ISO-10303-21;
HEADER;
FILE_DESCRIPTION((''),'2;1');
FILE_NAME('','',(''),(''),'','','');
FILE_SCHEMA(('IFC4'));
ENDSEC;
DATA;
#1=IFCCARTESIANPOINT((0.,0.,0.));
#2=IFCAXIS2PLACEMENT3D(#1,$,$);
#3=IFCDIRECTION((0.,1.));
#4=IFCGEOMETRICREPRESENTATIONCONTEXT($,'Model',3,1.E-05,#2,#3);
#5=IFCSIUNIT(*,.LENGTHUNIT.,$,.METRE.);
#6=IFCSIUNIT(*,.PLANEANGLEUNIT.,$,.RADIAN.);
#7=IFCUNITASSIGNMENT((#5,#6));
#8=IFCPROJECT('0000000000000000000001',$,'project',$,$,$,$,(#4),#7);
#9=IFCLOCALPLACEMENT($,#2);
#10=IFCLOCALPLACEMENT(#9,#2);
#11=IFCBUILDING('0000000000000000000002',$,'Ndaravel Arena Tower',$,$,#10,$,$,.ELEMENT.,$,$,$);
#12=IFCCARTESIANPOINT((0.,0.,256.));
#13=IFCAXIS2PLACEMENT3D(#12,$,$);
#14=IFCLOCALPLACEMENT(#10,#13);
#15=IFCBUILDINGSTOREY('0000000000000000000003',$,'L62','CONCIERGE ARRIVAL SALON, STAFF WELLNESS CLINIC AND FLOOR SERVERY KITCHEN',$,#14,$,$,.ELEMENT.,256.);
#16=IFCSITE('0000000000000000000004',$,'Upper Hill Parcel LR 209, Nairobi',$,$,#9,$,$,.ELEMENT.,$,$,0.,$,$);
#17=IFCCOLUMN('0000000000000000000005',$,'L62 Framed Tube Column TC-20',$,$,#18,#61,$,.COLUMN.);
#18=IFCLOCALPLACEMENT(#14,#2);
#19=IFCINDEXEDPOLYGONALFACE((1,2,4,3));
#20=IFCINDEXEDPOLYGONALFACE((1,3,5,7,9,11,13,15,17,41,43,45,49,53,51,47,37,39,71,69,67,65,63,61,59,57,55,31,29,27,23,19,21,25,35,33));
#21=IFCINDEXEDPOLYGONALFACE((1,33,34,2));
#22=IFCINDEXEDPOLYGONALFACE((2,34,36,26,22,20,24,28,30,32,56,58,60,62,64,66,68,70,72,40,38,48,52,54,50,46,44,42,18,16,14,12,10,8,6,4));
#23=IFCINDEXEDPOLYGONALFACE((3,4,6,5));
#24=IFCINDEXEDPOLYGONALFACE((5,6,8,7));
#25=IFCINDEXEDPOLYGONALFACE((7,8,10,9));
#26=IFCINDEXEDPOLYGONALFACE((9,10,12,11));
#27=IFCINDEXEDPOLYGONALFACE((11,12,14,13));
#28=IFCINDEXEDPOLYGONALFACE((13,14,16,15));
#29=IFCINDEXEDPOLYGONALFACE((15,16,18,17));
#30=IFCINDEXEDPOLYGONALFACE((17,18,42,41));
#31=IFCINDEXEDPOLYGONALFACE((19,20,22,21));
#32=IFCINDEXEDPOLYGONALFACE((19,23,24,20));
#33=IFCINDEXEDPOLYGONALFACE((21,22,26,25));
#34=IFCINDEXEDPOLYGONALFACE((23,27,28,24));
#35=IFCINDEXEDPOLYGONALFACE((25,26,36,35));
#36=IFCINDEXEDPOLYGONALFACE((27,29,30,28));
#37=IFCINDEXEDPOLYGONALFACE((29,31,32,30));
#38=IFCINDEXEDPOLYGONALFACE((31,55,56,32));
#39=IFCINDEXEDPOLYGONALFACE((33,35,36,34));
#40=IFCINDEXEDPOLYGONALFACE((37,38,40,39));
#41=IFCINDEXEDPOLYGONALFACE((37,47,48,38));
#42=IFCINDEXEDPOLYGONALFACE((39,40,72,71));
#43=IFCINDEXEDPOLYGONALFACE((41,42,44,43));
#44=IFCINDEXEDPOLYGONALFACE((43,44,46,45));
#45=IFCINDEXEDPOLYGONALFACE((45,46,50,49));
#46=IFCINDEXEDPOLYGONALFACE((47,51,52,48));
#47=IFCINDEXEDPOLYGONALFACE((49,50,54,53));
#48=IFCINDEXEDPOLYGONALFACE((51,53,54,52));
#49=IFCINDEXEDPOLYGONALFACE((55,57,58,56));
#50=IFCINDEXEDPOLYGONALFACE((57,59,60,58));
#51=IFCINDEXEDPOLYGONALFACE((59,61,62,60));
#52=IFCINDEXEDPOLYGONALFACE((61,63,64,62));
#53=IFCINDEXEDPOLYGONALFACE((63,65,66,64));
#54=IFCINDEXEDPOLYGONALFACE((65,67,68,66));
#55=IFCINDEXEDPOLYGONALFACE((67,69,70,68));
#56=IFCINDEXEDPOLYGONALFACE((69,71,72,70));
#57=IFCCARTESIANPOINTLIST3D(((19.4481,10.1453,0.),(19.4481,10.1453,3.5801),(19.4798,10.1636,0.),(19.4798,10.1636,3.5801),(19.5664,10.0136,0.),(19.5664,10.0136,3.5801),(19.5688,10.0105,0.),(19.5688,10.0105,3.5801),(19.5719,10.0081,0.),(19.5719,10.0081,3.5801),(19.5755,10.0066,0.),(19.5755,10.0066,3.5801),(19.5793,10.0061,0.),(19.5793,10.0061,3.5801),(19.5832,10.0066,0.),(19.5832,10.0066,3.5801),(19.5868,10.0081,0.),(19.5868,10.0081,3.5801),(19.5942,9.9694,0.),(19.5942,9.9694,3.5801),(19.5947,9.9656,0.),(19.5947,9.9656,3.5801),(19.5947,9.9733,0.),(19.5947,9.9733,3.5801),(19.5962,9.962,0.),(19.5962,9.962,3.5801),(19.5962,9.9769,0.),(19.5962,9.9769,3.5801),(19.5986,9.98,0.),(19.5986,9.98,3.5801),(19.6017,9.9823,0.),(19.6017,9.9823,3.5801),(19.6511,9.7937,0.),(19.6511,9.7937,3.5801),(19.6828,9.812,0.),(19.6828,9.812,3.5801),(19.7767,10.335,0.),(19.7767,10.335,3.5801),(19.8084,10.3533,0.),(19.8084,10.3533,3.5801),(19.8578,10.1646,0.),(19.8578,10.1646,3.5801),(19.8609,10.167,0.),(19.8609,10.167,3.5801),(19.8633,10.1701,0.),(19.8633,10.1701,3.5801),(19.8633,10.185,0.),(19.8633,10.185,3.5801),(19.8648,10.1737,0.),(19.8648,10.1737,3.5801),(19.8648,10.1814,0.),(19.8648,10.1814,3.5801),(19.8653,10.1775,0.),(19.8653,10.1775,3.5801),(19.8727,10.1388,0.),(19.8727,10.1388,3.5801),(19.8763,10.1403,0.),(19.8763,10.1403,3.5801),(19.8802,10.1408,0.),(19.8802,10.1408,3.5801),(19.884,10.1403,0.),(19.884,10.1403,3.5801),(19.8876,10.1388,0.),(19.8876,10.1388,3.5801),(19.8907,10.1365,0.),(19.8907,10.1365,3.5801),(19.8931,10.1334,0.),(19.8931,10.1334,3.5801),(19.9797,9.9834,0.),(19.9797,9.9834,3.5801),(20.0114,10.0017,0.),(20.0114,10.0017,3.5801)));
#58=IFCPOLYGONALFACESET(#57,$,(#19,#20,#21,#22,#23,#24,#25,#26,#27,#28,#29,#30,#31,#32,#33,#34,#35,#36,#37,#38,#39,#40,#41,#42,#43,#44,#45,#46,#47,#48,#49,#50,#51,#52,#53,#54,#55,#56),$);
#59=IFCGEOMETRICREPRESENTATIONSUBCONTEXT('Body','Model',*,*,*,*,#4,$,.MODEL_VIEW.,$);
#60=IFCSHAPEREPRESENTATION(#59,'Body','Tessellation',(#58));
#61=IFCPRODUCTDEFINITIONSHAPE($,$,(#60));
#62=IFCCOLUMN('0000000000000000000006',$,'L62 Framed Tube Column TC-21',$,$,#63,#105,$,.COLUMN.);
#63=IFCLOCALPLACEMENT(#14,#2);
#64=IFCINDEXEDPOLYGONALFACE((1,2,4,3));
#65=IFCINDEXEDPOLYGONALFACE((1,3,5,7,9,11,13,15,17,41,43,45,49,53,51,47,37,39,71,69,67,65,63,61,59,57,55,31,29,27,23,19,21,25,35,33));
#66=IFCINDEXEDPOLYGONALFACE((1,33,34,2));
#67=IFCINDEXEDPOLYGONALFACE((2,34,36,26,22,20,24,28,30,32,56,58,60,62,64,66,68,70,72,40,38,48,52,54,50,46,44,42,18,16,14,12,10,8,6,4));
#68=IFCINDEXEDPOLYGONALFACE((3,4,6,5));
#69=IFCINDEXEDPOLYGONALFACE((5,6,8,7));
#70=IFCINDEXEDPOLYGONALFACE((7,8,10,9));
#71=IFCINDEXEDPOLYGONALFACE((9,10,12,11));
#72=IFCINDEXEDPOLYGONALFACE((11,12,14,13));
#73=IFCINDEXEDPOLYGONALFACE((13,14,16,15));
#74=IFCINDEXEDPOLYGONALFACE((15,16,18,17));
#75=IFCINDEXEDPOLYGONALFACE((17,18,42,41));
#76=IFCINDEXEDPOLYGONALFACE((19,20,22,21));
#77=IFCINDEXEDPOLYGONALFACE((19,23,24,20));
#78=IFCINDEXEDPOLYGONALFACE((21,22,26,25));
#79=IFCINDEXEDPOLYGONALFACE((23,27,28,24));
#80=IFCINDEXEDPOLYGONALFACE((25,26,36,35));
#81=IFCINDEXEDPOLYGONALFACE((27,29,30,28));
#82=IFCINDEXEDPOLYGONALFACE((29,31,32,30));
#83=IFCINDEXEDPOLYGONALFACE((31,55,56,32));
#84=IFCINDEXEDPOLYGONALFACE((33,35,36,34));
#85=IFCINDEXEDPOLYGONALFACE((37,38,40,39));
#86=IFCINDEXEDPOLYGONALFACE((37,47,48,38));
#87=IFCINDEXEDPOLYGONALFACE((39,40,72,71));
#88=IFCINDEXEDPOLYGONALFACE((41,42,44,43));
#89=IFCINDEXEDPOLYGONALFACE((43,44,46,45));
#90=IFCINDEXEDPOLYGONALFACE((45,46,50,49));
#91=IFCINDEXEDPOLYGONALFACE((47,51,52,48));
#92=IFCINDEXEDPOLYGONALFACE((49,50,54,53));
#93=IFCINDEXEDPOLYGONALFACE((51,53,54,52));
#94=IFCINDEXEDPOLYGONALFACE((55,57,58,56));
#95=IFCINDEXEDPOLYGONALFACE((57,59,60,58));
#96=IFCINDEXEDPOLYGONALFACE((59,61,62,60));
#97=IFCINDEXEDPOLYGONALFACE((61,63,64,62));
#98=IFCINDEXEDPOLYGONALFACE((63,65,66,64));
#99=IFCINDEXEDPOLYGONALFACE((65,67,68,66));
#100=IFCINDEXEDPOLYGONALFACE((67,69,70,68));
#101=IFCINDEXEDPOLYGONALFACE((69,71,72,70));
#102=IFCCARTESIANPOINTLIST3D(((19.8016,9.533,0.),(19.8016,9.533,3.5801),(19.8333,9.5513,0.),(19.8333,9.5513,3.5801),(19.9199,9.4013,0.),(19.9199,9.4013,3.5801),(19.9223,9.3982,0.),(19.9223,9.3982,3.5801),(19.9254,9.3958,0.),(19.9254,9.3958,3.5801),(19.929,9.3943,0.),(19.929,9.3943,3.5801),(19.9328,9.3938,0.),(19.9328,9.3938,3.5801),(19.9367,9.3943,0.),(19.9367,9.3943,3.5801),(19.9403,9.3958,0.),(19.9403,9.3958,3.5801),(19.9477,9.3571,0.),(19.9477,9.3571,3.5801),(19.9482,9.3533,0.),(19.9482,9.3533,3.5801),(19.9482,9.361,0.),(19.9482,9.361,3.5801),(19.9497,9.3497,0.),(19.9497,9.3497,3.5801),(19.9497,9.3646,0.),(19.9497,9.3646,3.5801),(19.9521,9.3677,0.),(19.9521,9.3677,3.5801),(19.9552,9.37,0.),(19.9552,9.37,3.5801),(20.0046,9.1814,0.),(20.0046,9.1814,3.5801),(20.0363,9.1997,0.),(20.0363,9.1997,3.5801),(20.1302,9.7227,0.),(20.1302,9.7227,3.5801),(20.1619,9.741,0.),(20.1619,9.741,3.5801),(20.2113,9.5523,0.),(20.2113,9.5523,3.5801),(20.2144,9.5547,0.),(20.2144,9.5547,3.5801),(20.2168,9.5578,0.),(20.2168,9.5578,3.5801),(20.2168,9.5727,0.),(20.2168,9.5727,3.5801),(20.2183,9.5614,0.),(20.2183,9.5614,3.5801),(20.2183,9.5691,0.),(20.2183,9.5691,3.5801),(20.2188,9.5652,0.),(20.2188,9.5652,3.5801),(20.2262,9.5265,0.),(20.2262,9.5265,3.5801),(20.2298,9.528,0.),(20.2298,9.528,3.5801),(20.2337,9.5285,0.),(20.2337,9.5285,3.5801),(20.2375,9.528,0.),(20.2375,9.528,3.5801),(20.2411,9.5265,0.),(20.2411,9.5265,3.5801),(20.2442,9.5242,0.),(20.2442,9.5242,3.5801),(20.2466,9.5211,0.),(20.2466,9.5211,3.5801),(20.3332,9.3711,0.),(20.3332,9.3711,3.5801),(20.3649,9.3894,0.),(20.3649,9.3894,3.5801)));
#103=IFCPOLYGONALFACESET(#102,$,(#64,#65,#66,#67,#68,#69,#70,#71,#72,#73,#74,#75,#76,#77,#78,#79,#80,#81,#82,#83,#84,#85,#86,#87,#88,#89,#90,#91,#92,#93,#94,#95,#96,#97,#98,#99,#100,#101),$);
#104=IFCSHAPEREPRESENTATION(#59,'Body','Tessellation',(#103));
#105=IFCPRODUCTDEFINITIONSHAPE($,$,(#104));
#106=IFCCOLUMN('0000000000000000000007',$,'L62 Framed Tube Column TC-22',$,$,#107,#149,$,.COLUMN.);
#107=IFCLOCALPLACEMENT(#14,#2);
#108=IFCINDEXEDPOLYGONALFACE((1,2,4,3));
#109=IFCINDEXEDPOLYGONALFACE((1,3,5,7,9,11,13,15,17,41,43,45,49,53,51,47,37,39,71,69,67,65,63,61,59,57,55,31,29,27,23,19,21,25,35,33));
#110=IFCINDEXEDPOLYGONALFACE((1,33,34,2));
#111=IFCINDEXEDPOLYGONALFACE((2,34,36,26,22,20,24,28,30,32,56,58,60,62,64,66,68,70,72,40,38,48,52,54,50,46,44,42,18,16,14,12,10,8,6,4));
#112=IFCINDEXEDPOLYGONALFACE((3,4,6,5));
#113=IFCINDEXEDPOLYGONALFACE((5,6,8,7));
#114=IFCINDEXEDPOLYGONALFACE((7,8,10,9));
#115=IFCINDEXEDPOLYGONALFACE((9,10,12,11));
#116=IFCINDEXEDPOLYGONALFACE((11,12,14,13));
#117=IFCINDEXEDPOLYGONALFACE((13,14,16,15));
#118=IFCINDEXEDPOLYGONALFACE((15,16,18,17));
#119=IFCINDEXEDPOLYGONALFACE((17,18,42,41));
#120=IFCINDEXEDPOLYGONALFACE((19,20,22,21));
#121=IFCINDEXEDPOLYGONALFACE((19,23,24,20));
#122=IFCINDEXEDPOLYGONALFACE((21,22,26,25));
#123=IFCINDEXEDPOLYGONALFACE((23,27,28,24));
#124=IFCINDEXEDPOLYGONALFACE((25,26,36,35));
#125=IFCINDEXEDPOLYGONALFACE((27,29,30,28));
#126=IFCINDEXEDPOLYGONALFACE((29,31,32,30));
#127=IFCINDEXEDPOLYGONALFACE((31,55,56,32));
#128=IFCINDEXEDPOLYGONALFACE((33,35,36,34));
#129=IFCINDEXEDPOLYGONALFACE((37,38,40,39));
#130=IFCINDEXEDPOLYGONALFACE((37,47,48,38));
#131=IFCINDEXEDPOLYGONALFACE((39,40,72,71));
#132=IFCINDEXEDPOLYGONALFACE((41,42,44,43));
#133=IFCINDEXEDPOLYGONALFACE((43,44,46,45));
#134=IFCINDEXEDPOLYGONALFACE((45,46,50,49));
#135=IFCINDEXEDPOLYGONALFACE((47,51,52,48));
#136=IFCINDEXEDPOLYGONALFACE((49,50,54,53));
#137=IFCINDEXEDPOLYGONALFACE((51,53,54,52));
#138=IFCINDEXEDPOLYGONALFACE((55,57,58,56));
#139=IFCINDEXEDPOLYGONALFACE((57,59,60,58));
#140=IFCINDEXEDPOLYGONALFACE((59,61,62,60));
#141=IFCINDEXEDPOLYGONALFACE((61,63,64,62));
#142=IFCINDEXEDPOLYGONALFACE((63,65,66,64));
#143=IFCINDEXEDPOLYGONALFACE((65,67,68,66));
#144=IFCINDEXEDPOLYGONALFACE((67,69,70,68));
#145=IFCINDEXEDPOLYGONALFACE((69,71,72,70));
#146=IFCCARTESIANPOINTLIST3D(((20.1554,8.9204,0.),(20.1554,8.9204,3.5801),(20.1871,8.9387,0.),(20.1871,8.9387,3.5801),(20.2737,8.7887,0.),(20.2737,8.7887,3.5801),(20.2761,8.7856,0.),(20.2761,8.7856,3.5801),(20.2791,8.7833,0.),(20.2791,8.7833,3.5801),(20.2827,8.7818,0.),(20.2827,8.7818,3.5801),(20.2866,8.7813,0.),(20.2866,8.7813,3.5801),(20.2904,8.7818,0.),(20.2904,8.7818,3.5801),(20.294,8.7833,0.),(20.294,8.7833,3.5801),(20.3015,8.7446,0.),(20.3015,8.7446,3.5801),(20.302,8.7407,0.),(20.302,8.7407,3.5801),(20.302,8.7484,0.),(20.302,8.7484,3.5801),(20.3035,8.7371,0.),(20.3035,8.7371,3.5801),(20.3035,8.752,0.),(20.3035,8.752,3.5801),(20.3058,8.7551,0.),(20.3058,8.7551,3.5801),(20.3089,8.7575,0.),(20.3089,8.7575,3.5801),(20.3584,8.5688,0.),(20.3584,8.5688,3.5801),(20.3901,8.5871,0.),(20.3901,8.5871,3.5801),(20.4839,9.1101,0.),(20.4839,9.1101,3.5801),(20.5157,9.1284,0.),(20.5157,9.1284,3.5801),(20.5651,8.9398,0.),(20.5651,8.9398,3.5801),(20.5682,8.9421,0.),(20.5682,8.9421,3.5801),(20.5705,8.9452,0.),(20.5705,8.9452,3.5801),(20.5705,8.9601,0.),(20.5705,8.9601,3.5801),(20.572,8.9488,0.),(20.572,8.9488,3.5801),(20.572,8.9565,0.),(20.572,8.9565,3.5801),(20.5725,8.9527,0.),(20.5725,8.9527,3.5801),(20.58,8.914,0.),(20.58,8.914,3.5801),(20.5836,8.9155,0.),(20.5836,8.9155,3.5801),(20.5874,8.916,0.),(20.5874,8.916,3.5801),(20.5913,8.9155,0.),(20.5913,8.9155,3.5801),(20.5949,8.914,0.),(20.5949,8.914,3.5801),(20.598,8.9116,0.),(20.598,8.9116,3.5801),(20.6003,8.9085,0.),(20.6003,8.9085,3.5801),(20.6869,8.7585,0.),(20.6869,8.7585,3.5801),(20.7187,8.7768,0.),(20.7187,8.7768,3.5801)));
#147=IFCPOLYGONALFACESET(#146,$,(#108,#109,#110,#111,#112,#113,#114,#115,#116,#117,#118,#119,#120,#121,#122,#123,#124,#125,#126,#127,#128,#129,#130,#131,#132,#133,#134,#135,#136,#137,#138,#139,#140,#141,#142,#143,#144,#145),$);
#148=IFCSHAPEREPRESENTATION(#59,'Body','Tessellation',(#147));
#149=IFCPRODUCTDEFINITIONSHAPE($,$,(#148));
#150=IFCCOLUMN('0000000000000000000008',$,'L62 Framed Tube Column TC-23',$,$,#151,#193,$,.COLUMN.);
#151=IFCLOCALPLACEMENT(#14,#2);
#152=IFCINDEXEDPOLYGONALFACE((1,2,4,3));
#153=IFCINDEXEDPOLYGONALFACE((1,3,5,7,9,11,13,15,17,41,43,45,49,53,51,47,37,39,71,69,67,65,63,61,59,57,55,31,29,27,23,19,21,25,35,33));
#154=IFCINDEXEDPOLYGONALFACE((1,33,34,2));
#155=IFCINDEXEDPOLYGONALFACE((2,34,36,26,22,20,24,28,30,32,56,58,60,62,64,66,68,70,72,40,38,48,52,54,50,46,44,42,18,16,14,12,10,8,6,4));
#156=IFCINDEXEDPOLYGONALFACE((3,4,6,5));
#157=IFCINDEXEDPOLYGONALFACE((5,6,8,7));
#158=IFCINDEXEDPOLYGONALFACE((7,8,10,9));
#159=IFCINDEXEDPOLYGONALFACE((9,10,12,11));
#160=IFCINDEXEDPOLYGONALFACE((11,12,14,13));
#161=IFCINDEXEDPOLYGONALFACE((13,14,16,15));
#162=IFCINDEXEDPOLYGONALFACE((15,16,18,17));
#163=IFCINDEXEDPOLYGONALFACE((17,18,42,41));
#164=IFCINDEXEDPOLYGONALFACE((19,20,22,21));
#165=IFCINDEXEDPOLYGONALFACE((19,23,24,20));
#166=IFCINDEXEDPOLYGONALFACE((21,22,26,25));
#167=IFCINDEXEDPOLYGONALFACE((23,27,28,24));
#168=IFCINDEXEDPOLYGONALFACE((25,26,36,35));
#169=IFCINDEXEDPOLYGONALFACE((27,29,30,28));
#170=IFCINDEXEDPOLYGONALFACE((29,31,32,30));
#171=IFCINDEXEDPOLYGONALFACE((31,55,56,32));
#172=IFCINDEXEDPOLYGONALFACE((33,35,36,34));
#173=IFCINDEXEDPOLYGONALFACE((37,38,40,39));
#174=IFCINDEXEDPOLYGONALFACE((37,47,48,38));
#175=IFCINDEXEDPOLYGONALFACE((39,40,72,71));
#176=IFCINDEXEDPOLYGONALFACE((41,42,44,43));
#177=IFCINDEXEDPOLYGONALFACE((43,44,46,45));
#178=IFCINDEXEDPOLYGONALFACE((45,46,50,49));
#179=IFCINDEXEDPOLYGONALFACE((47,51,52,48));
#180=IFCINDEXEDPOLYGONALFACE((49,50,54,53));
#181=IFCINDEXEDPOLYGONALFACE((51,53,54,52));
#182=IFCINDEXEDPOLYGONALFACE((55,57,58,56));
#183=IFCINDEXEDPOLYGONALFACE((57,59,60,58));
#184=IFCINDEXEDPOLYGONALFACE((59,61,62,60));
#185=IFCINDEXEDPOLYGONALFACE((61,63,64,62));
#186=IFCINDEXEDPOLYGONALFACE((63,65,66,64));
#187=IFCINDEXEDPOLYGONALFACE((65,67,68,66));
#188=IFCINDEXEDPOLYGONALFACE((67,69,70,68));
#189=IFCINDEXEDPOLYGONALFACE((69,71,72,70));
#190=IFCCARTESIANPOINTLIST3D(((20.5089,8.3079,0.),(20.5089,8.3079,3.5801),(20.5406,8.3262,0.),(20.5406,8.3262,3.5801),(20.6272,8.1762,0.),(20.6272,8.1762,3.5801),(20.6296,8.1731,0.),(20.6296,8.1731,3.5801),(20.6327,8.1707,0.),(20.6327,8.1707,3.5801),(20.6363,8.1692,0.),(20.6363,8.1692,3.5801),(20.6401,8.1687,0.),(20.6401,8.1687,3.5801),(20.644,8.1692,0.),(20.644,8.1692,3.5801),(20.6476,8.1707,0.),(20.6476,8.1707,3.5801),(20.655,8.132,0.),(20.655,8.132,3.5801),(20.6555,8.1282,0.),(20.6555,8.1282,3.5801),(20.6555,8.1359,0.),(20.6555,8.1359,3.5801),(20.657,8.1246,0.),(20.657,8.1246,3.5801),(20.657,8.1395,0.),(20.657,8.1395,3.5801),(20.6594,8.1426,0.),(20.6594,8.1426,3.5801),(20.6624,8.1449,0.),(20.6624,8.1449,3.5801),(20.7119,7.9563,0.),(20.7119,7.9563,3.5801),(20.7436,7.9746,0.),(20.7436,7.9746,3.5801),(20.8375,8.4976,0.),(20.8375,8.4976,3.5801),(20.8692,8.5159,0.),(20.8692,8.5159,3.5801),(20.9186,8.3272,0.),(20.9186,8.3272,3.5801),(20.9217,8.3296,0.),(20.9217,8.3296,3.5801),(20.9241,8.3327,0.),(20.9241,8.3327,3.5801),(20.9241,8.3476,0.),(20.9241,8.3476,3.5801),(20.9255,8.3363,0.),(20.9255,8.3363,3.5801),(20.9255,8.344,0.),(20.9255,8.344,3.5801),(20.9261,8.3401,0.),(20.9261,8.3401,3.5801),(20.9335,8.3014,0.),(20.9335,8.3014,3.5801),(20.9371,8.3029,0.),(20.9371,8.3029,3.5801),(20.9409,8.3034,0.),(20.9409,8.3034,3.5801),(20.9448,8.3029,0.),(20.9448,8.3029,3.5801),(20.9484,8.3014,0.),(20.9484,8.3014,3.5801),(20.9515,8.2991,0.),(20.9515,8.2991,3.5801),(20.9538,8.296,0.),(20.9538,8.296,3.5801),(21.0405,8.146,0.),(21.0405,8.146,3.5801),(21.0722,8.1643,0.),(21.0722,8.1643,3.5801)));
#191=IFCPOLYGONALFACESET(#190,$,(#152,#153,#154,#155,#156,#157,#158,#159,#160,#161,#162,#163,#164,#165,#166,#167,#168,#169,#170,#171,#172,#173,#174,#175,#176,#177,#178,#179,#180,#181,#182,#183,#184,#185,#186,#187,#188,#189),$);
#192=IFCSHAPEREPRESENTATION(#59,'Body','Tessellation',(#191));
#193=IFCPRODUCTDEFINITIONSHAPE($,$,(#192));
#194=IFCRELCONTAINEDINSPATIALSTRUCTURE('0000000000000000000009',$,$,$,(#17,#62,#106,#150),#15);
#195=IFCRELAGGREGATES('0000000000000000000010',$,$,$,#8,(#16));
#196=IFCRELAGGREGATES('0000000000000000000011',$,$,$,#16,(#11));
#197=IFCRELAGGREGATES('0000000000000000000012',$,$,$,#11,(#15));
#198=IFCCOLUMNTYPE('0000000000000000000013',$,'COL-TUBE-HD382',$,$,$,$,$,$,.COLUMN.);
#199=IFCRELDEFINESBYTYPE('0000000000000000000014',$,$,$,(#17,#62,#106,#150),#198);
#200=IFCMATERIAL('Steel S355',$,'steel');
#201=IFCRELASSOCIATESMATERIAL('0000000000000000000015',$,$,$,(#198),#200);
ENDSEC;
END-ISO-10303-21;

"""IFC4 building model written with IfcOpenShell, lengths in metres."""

from ifc_helpers import new_model, si_unit, direction, frame, origin, origin_2d, place, context, subcontext, project, spatial, i_section, extrude, material, material_profile, profile_set, type_object, element, save


model = new_model("IFC4")

# Units and contexts
model_context = context("Model", 3, precision=1e-05, world=origin(), true_north=direction((0.0, 1.0)))
body_context = subcontext(model_context, "Body", "Model", "MODEL_VIEW")
ifc_project = project(units=[si_unit("LENGTHUNIT", "METRE"), si_unit("PLANEANGLEUNIT", "RADIAN")], contexts=[model_context])

# Site, building, storey
site_placement = place(None, origin())
site = spatial("IfcSite", under=ifc_project, at=site_placement, Name="Upper Hill Parcel LR 209, Nairobi", CompositionType="ELEMENT", RefElevation=0.0)
building_placement = place(site_placement, origin())
building = spatial("IfcBuilding", under=site, at=building_placement, Name="Ndaravel Arena Tower", CompositionType="ELEMENT")
storey_placement = place(building_placement, frame((0.0, 0.0, 256.0)))
storey = spatial("IfcBuildingStorey", under=building, at=storey_placement, Name="L62", Description="CONCIERGE ARRIVAL SALON, STAFF WELLNESS CLINIC AND FLOOR SERVERY KITCHEN", CompositionType="ELEMENT", Elevation=256.0)

# Columns
ifc_material_1 = material(Name="Steel S355", Category="steel")
ifc_material_profile_1 = material_profile(ifc_material_1, i_section(OverallWidth=0.406, OverallDepth=0.416, WebThickness=0.0298, FlangeThickness=0.0366, FilletRadius=0.0149, at=origin_2d()), Name="HD 400x382")
ifc_profile_set_1 = profile_set([ifc_material_profile_1], Name="Steel S355")
column_type = type_object("IfcColumnType", Name="COL-TUBE-HD382", PredefinedType="COLUMN", material=ifc_profile_set_1)
for number, where, z_axis, x_axis, name in (
    (1, (19.7297, 10.0735, 0.0), (0.0, 0.0, 1.0), (-0.5, 0.866025, 0.0), "L62 Framed Tube Column TC-20"),
    (2, (20.0833, 9.4612, 0.0), (0.0, 0.0, 1.0), (-0.5, 0.866025, 0.0), "L62 Framed Tube Column TC-21"),
    (3, (20.437, 8.8486, 0.0), (0.0, 0.0, 1.0), (-0.5, 0.866025, 0.0), "L62 Framed Tube Column TC-22"),
    (4, (20.7905, 8.2361, 0.0), (0.0, 0.0, 1.0), (-0.5, 0.866025, 0.0), "L62 Framed Tube Column TC-23"),
):
    element("IfcColumn", number, at=place(storey_placement, frame(where, z_axis=z_axis, x_axis=x_axis)), inside=storey, type_object=column_type, Name=name, PredefinedType="COLUMN", context=body_context, shape_type="SweptSolid", body=[
        extrude(i_section(OverallWidth=0.406, OverallDepth=0.416, WebThickness=0.0298, FlangeThickness=0.0366, FilletRadius=0.0149, at=origin_2d()), origin(), (0.0, 0.0, 1.0), 3.5801),
    ])

save(model, "model.ifc")
